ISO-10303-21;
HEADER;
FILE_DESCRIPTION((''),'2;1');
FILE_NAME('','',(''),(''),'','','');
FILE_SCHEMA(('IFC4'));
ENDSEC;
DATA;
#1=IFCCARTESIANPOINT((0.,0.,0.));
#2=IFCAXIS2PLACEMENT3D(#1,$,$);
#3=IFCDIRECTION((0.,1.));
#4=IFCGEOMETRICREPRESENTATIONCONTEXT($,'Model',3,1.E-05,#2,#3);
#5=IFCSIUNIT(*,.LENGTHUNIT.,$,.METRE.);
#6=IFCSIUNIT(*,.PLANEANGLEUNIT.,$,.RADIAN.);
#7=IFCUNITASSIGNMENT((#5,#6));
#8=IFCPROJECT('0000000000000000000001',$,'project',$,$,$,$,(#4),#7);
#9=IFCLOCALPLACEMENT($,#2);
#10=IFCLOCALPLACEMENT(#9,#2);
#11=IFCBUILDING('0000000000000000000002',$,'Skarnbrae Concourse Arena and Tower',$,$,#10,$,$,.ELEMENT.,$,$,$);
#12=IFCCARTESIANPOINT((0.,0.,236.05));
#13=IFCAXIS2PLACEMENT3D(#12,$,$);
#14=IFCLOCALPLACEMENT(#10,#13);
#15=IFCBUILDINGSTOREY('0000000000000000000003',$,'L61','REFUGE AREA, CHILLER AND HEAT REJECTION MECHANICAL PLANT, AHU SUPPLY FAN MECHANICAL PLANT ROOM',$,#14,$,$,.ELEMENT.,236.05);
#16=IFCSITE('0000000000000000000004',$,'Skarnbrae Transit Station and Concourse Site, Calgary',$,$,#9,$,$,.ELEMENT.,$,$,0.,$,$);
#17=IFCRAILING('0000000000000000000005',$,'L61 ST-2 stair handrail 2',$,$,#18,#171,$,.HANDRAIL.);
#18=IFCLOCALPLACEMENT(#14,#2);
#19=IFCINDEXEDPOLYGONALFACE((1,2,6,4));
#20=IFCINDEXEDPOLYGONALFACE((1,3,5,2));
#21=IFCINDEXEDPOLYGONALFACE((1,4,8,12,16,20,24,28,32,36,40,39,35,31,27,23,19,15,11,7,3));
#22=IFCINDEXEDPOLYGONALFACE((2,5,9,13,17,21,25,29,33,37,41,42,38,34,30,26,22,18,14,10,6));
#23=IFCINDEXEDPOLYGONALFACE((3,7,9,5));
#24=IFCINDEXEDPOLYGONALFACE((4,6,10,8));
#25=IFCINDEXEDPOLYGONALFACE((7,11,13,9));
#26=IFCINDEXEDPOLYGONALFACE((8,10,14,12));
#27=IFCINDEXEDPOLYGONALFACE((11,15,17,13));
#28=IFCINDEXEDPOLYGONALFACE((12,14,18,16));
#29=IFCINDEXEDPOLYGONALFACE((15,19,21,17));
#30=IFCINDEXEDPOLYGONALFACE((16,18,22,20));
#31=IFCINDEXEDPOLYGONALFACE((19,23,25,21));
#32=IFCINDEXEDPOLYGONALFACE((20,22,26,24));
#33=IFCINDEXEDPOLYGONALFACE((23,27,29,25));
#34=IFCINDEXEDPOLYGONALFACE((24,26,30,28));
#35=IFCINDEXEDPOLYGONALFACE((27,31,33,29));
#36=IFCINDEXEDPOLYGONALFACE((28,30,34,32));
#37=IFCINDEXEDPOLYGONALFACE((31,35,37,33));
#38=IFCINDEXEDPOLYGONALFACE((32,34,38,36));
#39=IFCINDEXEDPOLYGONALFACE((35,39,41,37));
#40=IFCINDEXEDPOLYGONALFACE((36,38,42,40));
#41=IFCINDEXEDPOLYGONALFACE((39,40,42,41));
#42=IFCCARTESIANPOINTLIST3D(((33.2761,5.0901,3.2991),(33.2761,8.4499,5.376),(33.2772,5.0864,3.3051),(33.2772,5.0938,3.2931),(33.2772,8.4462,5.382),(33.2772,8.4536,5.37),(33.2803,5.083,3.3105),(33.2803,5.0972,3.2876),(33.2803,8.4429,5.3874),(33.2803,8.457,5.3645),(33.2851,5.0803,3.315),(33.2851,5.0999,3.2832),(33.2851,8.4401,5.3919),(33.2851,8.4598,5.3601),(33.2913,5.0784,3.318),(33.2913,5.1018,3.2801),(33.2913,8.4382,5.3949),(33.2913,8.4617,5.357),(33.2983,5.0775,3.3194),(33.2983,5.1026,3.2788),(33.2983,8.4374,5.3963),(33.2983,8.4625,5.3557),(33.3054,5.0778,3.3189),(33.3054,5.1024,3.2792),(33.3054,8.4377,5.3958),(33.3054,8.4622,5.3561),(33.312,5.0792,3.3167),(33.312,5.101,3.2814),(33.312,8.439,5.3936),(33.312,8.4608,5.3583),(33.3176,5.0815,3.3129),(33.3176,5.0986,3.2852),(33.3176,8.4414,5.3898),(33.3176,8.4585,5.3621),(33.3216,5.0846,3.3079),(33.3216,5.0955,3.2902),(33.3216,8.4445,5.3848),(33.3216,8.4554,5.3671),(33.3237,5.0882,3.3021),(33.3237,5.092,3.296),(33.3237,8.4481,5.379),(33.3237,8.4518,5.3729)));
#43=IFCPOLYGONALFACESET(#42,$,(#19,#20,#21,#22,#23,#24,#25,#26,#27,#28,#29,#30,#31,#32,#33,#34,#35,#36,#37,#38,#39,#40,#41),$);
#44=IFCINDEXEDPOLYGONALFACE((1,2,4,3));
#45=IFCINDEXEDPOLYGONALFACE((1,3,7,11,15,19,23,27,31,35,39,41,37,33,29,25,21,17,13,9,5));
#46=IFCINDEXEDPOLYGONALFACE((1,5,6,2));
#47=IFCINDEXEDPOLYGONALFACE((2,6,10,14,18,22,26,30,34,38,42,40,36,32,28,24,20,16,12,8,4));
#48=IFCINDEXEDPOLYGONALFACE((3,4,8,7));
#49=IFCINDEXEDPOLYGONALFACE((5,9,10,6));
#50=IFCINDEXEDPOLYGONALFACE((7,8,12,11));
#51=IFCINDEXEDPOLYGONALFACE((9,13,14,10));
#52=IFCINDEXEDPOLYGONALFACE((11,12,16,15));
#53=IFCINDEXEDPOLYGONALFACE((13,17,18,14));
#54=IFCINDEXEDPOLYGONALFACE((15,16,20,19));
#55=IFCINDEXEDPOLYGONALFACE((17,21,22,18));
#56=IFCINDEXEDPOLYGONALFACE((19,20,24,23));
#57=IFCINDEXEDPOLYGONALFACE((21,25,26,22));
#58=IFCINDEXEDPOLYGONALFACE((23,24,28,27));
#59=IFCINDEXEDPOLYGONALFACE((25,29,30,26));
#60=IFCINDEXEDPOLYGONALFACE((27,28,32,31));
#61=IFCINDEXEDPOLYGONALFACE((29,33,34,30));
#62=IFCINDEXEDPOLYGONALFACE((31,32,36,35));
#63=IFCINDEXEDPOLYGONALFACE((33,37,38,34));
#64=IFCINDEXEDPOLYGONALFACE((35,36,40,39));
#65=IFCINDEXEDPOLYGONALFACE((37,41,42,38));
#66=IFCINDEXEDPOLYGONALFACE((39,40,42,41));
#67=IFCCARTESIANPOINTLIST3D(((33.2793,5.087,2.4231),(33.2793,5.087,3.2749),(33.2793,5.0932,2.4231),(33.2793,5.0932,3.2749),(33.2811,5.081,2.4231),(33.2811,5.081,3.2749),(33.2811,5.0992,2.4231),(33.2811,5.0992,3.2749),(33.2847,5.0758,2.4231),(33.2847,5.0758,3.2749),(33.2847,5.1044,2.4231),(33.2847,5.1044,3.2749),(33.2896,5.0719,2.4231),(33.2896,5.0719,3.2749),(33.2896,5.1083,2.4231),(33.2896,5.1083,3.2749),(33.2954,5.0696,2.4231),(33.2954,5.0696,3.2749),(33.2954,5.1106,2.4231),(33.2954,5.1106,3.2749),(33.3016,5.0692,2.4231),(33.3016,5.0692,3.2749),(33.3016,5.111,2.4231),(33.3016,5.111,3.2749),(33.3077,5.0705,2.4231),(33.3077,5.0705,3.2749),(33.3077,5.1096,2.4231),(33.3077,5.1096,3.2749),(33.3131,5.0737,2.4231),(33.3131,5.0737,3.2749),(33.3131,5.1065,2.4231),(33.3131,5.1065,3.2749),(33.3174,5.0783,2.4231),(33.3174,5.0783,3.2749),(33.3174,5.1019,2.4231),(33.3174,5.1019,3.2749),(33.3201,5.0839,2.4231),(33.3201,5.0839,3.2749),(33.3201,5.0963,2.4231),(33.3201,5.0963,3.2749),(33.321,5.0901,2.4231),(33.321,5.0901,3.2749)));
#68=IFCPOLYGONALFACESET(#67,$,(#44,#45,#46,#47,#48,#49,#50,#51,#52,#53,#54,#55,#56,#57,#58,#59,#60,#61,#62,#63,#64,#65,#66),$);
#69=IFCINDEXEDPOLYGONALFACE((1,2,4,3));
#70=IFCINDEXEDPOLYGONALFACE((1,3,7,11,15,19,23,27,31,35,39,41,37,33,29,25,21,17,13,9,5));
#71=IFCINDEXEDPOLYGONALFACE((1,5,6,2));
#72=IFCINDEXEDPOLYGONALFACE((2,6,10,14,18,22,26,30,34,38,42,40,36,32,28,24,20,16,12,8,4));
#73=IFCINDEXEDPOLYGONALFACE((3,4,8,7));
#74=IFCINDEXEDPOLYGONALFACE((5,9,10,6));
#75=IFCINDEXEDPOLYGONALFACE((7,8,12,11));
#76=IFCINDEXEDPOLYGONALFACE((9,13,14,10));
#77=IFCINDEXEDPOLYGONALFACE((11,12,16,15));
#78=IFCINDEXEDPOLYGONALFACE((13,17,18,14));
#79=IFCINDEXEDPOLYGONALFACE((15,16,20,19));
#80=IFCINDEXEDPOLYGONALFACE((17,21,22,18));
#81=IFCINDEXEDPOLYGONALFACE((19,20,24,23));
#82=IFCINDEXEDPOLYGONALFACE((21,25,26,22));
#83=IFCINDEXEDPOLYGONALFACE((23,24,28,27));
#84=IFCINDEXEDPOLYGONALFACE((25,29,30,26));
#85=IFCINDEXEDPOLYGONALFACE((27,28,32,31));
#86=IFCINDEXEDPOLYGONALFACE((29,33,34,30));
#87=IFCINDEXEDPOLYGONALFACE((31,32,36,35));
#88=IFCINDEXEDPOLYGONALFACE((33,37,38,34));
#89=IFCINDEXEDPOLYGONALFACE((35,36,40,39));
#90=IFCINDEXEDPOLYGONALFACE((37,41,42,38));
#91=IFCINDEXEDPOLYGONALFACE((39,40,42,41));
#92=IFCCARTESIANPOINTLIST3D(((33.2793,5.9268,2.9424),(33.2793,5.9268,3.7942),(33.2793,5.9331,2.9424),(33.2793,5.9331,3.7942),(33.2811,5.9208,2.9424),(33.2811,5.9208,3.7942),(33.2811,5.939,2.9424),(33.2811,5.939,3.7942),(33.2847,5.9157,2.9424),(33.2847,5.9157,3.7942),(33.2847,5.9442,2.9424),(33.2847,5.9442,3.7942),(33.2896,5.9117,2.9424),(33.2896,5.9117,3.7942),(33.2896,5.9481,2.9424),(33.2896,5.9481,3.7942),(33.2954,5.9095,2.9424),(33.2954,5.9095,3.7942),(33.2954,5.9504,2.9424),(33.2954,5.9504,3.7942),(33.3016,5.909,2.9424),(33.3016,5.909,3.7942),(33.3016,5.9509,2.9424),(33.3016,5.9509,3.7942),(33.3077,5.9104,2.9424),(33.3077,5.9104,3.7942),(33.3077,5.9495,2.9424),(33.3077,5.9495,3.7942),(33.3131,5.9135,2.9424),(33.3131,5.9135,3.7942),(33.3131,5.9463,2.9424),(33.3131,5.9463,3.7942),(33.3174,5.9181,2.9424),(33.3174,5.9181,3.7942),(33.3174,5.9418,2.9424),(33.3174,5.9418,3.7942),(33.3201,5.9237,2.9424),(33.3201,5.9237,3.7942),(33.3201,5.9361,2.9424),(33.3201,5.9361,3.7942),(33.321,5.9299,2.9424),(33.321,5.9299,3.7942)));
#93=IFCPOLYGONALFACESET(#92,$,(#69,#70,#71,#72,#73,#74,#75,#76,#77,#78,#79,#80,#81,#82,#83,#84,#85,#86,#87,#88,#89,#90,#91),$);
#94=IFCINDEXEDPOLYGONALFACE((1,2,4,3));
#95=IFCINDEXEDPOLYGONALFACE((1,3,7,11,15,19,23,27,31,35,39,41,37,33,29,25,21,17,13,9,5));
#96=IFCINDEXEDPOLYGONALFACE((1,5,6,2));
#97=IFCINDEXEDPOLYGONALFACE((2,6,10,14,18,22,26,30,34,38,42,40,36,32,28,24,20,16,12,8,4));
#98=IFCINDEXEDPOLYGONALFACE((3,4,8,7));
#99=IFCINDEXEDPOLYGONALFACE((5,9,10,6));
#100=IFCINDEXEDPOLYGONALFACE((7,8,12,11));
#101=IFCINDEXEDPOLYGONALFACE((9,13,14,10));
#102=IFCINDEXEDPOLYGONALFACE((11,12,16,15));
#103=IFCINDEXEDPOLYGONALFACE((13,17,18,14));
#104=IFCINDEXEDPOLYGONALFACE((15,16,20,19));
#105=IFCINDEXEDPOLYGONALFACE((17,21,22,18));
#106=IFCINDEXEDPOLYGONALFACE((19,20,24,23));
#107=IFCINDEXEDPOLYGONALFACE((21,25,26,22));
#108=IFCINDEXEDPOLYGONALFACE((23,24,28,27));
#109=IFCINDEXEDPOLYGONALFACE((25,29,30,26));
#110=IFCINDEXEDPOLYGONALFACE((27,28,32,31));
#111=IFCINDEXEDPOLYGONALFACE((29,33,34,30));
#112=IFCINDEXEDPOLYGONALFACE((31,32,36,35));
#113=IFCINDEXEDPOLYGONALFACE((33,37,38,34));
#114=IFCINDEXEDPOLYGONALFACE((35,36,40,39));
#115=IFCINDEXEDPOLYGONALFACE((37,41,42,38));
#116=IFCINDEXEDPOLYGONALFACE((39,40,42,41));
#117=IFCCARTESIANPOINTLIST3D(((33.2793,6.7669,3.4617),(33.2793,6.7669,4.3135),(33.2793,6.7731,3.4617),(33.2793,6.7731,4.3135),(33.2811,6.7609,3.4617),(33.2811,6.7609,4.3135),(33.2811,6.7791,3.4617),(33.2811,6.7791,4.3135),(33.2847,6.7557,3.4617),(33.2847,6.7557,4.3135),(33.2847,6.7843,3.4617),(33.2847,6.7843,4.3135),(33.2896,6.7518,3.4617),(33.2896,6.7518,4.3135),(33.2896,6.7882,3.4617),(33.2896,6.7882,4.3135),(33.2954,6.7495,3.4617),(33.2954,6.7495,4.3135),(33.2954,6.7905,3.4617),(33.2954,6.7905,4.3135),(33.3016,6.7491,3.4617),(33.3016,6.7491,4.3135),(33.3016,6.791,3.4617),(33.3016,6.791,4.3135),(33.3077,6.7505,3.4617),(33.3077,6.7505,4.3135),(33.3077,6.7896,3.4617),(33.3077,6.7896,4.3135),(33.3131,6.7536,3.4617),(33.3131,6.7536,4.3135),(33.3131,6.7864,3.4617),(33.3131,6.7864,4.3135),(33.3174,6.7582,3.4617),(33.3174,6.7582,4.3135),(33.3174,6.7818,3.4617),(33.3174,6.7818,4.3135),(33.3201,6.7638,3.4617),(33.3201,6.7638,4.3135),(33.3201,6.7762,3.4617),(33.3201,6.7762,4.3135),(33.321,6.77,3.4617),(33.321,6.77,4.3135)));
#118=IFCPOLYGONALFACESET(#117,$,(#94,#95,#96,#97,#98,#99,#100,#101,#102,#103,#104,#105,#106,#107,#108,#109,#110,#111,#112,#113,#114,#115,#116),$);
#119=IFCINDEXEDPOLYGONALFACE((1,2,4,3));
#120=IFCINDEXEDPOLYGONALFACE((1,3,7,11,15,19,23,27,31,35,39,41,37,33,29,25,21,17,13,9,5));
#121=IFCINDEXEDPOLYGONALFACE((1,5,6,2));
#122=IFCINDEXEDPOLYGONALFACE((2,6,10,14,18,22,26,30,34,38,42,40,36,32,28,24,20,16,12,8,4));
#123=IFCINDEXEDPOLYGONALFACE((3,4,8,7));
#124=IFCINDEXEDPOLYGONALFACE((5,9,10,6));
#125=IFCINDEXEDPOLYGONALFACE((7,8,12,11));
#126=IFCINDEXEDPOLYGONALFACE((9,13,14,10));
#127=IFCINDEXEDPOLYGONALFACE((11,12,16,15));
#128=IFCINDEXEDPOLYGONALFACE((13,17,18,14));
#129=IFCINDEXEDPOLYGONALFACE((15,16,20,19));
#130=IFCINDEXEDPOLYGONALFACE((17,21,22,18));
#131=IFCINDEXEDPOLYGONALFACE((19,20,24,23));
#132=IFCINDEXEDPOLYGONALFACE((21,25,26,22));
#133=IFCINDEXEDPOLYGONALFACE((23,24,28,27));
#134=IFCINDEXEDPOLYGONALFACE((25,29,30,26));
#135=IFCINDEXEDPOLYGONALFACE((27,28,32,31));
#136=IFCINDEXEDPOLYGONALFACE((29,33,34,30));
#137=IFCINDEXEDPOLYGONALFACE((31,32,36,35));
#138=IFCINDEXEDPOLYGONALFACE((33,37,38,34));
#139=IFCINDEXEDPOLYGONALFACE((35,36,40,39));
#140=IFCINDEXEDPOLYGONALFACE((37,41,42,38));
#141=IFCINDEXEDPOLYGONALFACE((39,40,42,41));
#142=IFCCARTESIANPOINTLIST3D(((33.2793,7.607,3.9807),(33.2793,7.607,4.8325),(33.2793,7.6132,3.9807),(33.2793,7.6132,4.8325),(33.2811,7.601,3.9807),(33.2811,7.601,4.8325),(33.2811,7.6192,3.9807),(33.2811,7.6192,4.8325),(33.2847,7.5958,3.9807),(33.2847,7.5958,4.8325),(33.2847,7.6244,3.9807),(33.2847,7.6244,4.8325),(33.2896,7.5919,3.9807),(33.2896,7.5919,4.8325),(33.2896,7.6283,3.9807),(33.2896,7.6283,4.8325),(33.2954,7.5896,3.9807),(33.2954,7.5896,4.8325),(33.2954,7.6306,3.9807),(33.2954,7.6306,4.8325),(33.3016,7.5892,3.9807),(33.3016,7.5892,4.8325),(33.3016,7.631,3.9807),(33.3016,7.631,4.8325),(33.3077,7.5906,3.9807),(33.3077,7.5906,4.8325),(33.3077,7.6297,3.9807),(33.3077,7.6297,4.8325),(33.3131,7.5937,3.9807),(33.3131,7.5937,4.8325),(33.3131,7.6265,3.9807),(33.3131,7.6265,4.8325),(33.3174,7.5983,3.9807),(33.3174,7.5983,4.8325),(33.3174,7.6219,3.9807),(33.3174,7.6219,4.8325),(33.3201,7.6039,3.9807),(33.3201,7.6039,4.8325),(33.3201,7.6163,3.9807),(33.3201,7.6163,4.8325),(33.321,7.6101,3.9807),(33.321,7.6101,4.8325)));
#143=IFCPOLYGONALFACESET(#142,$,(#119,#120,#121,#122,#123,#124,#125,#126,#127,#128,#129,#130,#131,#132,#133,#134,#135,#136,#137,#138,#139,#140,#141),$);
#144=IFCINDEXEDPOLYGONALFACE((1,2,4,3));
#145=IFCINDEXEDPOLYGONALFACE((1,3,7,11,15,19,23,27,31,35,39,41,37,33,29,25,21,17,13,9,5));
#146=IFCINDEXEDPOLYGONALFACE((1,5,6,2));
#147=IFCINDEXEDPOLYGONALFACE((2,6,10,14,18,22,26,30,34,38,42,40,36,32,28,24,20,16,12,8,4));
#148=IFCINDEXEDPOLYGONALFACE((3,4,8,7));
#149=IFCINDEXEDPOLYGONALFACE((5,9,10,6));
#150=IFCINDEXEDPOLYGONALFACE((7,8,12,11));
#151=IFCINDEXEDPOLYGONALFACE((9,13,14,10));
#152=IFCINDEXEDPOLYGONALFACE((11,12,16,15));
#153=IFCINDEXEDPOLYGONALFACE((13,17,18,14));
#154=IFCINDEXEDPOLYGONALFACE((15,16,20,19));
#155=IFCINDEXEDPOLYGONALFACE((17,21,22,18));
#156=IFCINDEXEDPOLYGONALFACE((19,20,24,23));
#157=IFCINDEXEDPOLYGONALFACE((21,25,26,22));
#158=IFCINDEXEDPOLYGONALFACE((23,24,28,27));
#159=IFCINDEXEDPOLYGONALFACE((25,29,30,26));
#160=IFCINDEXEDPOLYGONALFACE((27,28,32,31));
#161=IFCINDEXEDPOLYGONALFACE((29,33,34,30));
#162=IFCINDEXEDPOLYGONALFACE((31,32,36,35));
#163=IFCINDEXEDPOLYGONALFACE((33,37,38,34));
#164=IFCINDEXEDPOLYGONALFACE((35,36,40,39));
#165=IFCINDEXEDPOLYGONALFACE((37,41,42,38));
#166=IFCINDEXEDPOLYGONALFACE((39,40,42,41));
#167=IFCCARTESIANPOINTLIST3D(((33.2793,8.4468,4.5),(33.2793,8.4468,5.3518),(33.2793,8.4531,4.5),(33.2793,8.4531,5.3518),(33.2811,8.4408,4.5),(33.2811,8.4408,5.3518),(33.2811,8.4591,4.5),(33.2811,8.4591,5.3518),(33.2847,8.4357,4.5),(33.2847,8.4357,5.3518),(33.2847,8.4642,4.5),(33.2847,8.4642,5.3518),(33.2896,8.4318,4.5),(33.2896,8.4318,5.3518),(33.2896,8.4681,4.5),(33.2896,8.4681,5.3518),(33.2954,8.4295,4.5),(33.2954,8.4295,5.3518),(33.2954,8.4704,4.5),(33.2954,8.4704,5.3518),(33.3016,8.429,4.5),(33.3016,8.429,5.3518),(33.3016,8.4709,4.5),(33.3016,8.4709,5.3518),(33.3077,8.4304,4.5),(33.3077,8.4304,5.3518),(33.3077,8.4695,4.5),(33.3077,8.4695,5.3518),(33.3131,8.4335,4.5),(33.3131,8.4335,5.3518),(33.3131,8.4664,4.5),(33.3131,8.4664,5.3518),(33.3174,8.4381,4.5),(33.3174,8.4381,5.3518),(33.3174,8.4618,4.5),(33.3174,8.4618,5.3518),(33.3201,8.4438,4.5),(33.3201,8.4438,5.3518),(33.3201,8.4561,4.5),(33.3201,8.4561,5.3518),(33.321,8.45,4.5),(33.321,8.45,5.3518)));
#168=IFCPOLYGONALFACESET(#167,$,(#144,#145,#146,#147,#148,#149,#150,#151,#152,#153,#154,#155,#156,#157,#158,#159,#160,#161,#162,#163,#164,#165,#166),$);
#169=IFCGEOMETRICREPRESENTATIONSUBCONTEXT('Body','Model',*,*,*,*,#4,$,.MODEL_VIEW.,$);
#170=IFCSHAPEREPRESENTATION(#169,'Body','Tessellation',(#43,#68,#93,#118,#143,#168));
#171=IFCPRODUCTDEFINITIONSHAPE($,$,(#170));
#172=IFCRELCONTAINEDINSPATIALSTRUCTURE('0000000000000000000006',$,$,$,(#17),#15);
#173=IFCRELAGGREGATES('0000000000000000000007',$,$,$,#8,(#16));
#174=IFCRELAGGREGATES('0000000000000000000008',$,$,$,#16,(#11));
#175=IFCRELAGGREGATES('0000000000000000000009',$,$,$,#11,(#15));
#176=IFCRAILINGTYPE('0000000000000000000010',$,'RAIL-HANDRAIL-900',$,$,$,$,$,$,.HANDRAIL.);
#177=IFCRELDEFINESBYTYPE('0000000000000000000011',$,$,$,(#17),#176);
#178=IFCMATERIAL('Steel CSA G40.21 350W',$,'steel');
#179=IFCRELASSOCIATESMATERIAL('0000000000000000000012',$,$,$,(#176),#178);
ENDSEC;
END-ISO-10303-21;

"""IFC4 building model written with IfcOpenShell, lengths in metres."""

from ifc_helpers import new_model, si_unit, direction, frame, origin, origin_2d, place, context, subcontext, project, spatial, circle, extrude, material, type_object, element, save


model = new_model("IFC4")

# Units and contexts
model_context = context("Model", 3, precision=1e-05, world=origin(), true_north=direction((0.0, 1.0)))
body_context = subcontext(model_context, "Body", "Model", "MODEL_VIEW")
ifc_project = project(units=[si_unit("LENGTHUNIT", "METRE"), si_unit("PLANEANGLEUNIT", "RADIAN")], contexts=[model_context])

# Site, building, storey
site_placement = place(None, origin())
site = spatial("IfcSite", under=ifc_project, at=site_placement, Name="Skarnbrae Transit Station and Concourse Site, Calgary", CompositionType="ELEMENT", RefElevation=0.0)
building_placement = place(site_placement, origin())
building = spatial("IfcBuilding", under=site, at=building_placement, Name="Skarnbrae Concourse Arena and Tower", CompositionType="ELEMENT")
storey_placement = place(building_placement, frame((0.0, 0.0, 236.05)))
storey = spatial("IfcBuildingStorey", under=building, at=storey_placement, Name="L61", Description="REFUGE AREA, CHILLER AND HEAT REJECTION MECHANICAL PLANT, AHU SUPPLY FAN MECHANICAL PLANT ROOM", CompositionType="ELEMENT", Elevation=236.05)

# Shared definitions
ifc_material_1 = material(Name="Steel CSA G40.21 350W", Category="steel")

# Railing
railing_type_1 = type_object("IfcRailingType", Name="RAIL-HANDRAIL-900", PredefinedType="HANDRAIL", material=ifc_material_1)
railing_1_placement = place(storey_placement, frame((33.3, 5.0901, 2.4231)))
element("IfcRailing", 1, at=railing_1_placement, inside=storey, type_object=railing_type_1, Name="L61 ST-2 stair handrail 2", PredefinedType="HANDRAIL", context=body_context, shape_type="SweptSolid", body=[
    extrude(circle(Radius=0.0239, at=origin_2d()), frame((0.0, 0.0, 0.876), z_axis=(0.0, 0.850606, 0.525803), x_axis=(-1.0, 0.0, 0.0)), (0.0, 0.0, 1.0), 3.95),
    extrude(circle(Radius=0.021, at=origin_2d()), origin(), (0.0, 0.0, 1.0), 0.8518),
    extrude(circle(Radius=0.021, at=origin_2d()), frame((0.0, 0.8398, 0.5193)), (0.0, 0.0, 1.0), 0.8518),
    extrude(circle(Radius=0.021, at=origin_2d()), frame((0.0, 1.6799, 1.0386)), (0.0, 0.0, 1.0), 0.8518),
    extrude(circle(Radius=0.021, at=origin_2d()), frame((0.0, 2.52, 1.5576)), (0.0, 0.0, 1.0), 0.8518),
    extrude(circle(Radius=0.021, at=origin_2d()), frame((0.0, 3.3599, 2.0769)), (0.0, 0.0, 1.0), 0.8518),
])

save(model, "model.ifc")
